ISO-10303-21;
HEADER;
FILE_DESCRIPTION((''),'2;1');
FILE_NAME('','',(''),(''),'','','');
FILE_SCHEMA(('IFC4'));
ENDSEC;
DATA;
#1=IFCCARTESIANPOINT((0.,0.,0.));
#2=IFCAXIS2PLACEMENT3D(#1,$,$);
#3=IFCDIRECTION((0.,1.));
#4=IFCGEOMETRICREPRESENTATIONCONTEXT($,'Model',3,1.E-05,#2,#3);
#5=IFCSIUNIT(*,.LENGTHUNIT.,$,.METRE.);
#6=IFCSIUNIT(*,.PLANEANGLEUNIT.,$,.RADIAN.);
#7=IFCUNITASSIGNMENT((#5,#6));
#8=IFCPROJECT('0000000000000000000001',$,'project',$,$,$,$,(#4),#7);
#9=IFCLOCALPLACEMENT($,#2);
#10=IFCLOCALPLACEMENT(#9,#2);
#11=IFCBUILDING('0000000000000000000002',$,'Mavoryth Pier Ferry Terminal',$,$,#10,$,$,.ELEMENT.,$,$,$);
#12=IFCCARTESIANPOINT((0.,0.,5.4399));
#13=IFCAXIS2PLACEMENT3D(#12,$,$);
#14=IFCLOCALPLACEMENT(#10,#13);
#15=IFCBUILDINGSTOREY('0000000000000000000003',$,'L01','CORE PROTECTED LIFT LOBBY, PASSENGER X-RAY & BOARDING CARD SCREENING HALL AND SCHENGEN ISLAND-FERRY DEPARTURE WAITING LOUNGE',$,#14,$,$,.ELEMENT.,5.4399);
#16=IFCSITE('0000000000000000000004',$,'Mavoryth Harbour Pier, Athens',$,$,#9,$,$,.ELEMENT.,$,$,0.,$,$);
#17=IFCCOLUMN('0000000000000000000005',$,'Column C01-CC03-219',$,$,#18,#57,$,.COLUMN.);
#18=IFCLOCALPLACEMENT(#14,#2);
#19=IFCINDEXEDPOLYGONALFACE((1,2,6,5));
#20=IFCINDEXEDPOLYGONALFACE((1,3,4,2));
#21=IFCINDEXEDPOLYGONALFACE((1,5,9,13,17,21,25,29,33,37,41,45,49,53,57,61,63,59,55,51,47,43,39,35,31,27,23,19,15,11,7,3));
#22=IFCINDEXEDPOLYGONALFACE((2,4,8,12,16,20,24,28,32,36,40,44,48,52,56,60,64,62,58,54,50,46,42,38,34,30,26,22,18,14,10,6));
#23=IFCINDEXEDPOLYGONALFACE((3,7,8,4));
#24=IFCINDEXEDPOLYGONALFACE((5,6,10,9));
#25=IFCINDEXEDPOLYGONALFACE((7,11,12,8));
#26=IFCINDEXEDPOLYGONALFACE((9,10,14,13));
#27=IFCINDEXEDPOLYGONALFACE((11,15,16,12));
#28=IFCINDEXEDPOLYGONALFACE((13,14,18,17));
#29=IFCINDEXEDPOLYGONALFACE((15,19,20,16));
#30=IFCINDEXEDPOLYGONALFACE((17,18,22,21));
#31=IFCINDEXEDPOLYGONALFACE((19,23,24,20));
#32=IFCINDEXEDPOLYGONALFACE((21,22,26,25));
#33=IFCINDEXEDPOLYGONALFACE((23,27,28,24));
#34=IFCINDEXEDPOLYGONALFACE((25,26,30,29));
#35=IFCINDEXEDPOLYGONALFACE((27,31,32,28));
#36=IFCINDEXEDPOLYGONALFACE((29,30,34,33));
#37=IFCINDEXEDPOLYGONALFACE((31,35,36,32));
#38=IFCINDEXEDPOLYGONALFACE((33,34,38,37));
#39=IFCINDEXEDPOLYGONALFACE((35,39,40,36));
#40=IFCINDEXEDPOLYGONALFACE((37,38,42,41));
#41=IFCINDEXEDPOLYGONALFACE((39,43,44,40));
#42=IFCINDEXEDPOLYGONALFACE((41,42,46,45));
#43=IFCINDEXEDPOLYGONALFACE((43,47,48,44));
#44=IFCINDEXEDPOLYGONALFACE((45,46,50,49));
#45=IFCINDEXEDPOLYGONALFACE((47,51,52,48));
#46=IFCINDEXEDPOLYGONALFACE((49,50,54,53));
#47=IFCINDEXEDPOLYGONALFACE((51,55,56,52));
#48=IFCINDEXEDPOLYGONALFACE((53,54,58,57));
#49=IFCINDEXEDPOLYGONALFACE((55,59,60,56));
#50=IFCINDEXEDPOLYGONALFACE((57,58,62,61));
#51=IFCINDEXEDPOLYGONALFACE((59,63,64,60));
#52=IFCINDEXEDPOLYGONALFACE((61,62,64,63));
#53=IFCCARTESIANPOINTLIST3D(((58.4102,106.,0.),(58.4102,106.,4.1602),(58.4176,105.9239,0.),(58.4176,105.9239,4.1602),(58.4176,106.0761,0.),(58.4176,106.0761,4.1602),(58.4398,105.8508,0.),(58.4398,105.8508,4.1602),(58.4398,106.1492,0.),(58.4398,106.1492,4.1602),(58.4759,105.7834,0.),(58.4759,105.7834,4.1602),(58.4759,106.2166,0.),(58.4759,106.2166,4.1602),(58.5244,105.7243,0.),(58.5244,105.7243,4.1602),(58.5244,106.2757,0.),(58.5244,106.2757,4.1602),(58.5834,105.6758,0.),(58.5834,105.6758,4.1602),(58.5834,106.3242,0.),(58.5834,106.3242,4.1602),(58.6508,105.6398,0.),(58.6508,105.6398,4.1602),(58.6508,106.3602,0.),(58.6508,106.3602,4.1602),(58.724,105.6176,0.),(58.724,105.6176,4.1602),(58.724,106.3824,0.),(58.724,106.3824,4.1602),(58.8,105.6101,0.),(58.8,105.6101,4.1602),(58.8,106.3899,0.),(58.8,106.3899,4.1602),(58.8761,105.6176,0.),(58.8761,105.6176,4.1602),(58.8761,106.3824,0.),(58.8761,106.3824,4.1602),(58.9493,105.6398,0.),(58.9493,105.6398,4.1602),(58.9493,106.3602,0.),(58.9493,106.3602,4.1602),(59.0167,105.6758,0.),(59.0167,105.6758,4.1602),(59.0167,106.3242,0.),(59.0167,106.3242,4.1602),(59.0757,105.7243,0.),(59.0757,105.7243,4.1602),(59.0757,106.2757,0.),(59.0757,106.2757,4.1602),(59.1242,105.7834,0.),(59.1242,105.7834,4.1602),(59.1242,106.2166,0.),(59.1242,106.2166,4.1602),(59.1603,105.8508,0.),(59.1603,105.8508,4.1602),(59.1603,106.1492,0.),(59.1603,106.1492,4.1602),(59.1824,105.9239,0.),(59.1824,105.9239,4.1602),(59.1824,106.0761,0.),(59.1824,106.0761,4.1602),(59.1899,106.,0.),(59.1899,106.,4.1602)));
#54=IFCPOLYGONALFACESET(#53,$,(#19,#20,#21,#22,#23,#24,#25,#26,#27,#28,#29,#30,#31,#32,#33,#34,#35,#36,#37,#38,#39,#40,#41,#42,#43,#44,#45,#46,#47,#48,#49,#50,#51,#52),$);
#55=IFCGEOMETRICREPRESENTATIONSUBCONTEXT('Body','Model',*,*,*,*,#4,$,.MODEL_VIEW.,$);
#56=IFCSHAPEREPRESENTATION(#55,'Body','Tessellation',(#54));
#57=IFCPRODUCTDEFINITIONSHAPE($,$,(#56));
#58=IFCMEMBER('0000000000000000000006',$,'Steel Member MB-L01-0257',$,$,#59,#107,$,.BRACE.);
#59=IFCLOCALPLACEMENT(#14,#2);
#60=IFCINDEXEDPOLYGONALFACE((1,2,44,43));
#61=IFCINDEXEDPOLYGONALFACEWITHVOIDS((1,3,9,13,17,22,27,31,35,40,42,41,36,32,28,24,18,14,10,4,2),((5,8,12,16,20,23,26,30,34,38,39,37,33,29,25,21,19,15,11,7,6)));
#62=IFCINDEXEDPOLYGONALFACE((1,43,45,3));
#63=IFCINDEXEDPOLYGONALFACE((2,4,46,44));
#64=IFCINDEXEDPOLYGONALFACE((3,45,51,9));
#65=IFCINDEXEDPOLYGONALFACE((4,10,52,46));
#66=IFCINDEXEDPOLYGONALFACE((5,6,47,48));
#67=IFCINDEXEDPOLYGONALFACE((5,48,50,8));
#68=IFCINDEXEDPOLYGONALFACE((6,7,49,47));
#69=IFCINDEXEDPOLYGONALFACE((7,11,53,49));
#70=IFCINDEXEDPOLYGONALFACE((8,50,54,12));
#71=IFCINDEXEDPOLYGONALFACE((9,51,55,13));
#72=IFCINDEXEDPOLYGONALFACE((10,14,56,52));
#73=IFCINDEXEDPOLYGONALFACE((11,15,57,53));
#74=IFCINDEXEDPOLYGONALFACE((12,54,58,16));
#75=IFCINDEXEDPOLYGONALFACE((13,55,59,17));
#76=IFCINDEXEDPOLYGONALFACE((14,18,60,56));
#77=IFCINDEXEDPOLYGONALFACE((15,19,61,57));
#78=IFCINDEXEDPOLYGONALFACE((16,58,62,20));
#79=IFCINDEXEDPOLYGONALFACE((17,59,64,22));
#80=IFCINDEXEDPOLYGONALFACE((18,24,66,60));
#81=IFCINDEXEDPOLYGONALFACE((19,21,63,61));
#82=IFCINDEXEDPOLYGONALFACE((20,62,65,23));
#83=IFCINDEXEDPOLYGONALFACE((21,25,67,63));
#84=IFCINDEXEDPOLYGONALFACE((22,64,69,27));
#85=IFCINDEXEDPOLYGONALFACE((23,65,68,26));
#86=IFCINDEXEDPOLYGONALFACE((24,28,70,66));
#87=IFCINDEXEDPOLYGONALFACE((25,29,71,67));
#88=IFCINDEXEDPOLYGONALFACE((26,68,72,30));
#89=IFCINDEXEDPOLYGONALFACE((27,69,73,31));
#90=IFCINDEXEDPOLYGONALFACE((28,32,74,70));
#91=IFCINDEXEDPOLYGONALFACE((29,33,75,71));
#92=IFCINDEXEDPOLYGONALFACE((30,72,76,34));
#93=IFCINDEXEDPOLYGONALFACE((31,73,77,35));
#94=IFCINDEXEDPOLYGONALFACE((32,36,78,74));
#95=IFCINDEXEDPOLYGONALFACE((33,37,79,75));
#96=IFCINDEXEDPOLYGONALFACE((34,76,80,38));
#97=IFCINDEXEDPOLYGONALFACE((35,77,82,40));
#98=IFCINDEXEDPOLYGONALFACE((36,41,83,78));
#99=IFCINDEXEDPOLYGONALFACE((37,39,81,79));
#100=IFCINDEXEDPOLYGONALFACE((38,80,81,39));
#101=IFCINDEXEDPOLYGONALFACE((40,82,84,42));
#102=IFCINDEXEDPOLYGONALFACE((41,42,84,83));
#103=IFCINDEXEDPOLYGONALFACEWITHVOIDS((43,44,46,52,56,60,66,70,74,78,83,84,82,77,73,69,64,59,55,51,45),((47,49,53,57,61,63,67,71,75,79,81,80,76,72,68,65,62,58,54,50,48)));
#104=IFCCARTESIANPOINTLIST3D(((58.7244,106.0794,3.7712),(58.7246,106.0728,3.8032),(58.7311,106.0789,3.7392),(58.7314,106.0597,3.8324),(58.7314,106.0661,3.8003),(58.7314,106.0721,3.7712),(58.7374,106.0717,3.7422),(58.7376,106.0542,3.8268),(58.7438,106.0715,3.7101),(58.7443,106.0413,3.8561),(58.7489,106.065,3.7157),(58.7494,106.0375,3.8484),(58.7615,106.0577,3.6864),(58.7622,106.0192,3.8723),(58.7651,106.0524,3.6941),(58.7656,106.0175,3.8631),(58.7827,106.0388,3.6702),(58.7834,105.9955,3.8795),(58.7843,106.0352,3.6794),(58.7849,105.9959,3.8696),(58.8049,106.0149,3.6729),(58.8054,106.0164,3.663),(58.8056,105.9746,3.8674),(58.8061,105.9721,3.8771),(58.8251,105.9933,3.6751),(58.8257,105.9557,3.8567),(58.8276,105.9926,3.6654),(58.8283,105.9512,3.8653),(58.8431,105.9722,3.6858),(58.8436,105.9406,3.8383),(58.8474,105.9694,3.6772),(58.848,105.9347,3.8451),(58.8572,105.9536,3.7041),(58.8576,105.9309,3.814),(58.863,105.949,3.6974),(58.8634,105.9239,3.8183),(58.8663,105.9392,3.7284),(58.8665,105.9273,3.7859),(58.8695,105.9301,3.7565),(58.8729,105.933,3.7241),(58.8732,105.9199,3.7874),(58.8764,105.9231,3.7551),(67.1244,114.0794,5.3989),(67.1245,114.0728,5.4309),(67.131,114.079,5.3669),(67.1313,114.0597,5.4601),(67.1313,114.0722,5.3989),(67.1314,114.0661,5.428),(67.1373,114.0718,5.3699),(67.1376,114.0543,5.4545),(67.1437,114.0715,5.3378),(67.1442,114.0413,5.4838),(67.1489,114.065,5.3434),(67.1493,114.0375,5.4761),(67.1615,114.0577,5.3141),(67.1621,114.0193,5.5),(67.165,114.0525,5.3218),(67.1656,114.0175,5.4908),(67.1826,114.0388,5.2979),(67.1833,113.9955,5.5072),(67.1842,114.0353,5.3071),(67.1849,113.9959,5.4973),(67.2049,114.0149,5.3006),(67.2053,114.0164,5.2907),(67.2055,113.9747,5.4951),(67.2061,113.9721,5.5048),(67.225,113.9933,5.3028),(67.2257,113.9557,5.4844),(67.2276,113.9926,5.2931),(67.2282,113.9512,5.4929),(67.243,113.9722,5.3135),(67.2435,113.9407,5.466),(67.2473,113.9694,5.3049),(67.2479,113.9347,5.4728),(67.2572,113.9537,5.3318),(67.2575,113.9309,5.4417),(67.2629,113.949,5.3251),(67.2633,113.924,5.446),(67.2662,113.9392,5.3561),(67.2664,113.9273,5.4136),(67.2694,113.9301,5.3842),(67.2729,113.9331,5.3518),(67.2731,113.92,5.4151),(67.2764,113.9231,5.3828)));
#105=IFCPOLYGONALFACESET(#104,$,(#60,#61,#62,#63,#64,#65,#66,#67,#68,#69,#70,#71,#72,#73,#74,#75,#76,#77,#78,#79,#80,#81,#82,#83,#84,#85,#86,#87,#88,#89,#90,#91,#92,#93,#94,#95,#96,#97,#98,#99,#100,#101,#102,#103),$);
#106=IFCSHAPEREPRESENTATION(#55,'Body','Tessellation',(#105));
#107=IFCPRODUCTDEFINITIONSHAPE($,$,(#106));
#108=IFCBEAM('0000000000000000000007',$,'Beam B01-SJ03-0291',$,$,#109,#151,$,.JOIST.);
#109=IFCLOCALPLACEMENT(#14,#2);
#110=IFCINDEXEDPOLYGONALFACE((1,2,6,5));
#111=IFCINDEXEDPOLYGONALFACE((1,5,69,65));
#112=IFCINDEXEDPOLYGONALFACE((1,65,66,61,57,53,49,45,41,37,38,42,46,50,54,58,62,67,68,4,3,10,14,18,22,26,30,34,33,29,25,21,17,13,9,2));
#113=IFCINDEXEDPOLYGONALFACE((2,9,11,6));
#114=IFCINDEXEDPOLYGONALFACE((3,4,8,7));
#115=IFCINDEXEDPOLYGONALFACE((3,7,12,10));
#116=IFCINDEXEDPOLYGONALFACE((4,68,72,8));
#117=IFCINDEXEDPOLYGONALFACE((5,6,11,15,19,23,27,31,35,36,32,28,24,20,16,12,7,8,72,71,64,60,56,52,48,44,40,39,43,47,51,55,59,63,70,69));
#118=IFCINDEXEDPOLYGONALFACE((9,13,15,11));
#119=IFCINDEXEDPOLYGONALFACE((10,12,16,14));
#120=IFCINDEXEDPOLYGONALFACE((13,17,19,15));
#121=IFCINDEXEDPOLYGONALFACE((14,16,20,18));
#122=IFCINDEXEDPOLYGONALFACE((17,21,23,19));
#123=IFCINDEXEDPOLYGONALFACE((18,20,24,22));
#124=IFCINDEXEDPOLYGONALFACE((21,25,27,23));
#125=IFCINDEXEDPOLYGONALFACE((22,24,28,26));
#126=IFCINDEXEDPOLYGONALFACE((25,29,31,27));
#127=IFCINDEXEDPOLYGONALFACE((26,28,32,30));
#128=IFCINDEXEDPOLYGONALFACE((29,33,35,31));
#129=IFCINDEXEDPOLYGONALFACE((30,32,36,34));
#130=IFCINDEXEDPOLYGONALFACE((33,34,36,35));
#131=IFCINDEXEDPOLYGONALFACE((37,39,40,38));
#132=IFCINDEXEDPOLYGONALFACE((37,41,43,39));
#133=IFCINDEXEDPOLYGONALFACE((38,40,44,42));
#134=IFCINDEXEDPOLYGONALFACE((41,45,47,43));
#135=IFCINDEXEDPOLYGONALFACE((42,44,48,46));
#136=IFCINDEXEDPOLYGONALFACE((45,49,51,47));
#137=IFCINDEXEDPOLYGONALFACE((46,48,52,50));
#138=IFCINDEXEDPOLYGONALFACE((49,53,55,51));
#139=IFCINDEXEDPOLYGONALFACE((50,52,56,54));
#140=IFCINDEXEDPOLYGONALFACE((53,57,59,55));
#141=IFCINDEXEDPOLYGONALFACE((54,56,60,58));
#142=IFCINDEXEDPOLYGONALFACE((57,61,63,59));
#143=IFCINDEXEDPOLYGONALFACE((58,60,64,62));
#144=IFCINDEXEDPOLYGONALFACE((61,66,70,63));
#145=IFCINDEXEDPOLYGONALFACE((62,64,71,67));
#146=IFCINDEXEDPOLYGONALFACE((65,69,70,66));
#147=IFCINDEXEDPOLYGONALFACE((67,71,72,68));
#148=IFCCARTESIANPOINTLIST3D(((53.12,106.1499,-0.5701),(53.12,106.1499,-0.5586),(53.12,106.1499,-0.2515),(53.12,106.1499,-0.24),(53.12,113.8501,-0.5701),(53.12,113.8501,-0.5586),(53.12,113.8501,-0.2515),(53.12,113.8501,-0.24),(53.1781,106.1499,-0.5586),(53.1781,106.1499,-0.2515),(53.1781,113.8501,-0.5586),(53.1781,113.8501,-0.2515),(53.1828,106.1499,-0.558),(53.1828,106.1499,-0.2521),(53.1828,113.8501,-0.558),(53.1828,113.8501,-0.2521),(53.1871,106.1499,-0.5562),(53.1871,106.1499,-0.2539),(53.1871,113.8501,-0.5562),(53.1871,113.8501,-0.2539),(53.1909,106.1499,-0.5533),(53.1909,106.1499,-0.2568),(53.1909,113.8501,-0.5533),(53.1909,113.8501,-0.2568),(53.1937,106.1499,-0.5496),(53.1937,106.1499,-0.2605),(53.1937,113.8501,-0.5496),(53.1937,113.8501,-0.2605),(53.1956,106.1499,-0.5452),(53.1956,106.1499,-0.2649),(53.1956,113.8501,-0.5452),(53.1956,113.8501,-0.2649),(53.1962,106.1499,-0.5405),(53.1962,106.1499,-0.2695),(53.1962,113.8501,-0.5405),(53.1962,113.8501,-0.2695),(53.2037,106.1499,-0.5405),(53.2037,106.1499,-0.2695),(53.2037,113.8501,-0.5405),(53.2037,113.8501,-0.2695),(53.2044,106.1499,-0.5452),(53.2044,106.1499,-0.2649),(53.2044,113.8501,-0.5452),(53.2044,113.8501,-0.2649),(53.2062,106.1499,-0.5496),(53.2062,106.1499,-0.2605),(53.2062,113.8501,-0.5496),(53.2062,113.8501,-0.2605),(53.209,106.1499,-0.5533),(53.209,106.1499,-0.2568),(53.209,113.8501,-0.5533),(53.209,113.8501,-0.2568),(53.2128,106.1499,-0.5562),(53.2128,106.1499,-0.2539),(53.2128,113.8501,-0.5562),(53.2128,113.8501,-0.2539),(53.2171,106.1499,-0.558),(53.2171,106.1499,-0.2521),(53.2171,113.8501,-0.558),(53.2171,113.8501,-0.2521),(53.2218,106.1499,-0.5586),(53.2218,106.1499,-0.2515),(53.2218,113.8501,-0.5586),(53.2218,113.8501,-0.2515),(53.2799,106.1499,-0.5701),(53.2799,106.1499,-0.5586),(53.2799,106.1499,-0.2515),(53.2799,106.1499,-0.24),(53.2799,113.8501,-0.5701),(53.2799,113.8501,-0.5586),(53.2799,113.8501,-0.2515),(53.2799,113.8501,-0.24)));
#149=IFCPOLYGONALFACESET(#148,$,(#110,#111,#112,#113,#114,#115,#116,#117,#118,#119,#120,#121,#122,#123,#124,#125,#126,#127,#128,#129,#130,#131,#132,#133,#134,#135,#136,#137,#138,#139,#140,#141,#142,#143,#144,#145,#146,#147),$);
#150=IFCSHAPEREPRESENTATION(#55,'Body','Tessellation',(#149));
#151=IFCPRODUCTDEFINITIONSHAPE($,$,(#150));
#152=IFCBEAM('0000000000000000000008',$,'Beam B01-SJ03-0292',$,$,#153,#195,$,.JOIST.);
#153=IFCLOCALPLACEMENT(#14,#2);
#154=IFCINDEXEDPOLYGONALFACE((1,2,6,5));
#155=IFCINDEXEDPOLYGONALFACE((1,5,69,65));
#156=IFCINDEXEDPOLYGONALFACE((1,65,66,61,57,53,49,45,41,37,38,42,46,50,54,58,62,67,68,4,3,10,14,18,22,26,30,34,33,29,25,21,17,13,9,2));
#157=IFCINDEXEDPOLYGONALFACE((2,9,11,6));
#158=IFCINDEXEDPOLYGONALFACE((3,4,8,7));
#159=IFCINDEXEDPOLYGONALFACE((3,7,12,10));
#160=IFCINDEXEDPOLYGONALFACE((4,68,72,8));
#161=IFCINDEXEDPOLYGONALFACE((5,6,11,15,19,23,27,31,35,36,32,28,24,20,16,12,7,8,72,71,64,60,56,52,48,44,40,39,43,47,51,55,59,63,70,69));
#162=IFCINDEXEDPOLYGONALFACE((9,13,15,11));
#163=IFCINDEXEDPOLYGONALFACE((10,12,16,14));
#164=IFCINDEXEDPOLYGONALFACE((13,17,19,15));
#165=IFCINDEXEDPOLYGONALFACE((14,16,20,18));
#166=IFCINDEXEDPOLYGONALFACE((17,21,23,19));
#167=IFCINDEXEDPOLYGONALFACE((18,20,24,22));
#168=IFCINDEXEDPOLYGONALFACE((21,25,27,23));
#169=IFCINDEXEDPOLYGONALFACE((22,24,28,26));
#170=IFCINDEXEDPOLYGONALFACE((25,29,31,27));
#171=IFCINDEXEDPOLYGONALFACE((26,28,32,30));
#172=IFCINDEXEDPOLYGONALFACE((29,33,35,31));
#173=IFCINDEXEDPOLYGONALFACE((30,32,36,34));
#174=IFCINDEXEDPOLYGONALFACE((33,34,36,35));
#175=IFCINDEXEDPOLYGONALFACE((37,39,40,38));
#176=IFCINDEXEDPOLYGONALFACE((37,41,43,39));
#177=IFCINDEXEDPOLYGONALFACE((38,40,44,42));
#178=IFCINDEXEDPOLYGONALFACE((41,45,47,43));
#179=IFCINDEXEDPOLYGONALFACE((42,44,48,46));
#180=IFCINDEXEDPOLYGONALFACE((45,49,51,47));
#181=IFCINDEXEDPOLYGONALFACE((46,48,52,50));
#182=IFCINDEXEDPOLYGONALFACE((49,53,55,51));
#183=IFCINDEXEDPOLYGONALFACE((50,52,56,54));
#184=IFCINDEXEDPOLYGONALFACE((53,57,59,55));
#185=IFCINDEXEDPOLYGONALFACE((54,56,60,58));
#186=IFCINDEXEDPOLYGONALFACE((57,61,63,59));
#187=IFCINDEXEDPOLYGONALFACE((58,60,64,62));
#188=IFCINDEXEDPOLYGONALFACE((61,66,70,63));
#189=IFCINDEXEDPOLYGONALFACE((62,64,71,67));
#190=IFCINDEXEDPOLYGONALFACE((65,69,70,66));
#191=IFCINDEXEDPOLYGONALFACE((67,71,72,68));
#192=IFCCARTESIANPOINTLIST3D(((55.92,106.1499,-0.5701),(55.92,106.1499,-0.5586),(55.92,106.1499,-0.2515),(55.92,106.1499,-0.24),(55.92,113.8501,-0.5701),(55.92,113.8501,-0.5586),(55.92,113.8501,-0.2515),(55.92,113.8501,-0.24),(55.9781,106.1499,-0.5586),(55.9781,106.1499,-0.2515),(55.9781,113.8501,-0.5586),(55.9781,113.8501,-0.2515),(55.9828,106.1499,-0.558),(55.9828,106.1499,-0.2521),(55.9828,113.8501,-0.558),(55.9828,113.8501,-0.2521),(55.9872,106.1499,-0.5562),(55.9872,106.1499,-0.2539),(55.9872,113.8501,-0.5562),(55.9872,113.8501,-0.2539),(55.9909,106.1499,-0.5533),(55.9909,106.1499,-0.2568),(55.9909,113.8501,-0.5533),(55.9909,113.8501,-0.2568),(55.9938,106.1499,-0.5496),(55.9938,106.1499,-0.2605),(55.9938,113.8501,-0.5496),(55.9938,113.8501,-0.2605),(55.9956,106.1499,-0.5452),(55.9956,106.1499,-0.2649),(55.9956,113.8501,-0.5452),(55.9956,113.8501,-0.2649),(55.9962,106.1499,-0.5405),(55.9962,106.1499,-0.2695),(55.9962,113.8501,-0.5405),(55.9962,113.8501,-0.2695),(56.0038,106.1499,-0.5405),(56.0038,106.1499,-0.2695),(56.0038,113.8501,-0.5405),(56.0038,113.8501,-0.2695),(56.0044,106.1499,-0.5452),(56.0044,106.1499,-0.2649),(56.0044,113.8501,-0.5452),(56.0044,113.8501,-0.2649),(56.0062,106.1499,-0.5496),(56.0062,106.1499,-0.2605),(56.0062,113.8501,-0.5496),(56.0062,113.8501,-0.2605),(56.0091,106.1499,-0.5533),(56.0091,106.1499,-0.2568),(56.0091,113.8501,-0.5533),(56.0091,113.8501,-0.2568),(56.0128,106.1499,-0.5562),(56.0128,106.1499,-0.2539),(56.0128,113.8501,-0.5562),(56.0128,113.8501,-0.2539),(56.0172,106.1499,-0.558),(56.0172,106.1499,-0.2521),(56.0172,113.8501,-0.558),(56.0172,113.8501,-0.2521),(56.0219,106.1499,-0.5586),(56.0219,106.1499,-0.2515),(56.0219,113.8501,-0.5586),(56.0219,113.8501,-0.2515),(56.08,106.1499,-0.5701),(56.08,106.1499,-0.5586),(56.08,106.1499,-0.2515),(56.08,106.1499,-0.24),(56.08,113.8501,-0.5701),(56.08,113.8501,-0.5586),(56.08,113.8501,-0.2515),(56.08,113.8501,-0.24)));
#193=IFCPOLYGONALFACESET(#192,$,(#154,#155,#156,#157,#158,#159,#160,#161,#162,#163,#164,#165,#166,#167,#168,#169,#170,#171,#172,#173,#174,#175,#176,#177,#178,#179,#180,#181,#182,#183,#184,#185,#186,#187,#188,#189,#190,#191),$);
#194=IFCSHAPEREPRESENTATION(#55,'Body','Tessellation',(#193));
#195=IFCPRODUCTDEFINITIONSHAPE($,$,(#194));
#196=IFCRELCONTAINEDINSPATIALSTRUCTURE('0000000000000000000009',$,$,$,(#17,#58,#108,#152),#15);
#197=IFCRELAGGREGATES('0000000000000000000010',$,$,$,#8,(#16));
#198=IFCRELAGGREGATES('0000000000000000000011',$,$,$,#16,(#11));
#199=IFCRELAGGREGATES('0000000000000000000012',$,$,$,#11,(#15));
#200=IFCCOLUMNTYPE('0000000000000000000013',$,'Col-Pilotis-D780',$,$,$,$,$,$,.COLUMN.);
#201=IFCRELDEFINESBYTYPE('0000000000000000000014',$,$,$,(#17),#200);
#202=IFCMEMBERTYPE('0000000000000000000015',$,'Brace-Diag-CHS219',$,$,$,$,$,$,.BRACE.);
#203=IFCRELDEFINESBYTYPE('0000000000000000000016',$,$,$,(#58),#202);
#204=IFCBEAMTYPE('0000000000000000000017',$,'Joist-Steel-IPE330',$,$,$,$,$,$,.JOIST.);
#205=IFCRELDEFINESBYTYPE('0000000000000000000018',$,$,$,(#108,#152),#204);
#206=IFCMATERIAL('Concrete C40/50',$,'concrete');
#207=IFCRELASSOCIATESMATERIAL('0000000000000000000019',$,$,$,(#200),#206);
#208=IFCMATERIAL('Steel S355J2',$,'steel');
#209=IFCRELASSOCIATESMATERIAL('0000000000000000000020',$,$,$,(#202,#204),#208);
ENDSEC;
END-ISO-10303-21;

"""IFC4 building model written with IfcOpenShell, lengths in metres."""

from ifc_helpers import new_model, si_unit, direction, frame, origin, origin_2d, place, context, subcontext, project, spatial, circle, hollow_circle, i_section, extrude, material, material_profile, profile_set, type_object, element, save


model = new_model("IFC4")

# Units and contexts
model_context = context("Model", 3, precision=1e-05, world=origin(), true_north=direction((0.0, 1.0)))
body_context = subcontext(model_context, "Body", "Model", "MODEL_VIEW")
ifc_project = project(units=[si_unit("LENGTHUNIT", "METRE"), si_unit("PLANEANGLEUNIT", "RADIAN")], contexts=[model_context])

# Site, building, storey
site_placement = place(None, origin())
site = spatial("IfcSite", under=ifc_project, at=site_placement, Name="Mavoryth Harbour Pier, Athens", CompositionType="ELEMENT", RefElevation=0.0)
building_placement = place(site_placement, origin())
building = spatial("IfcBuilding", under=site, at=building_placement, Name="Mavoryth Pier Ferry Terminal", CompositionType="ELEMENT")
storey_placement = place(building_placement, frame((0.0, 0.0, 5.4399)))
storey = spatial("IfcBuildingStorey", under=building, at=storey_placement, Name="L01", Description="CORE PROTECTED LIFT LOBBY, PASSENGER X-RAY & BOARDING CARD SCREENING HALL AND SCHENGEN ISLAND-FERRY DEPARTURE WAITING LOUNGE", CompositionType="ELEMENT", Elevation=5.4399)

# Column
ifc_material_1 = material(Name="Concrete C40/50", Category="concrete")
ifc_material_profile_1 = material_profile(ifc_material_1, circle(Radius=0.3899, at=origin_2d()), Name="RC D780", Category="concrete")
ifc_profile_set_1 = profile_set([ifc_material_profile_1], Name="Concrete C40/50 - RC D780")
column_type = type_object("IfcColumnType", Name="Col-Pilotis-D780", PredefinedType="COLUMN", material=ifc_profile_set_1)
column_placement = place(storey_placement, frame((58.8, 106.0, 0.0), z_axis=(0.0, 0.0, 1.0), x_axis=(1.0, 0.0, 0.0)))
element("IfcColumn", 1, at=column_placement, inside=storey, type_object=column_type, Name="Column C01-CC03-219", PredefinedType="COLUMN", context=body_context, shape_type="SweptSolid", body=[
    extrude(circle(Radius=0.3899, at=origin_2d()), origin(), (0.0, 0.0, 1.0), 4.1602),
])

# Member
ifc_material_2 = material(Name="Steel S355J2", Category="steel")
ifc_material_profile_2 = material_profile(ifc_material_2, hollow_circle(Radius=0.1096, WallThickness=0.01, at=origin_2d()), Name="CHS 219.1x10.0", Category="steel")
ifc_profile_set_2 = profile_set([ifc_material_profile_2], Name="Steel S355J2 - CHS 219.1x10.0")
member_type_1 = type_object("IfcMemberType", Name="Brace-Diag-CHS219", PredefinedType="BRACE", material=ifc_profile_set_2)
member_1_placement = place(storey_placement, frame((58.8, 106.0, 3.7712), z_axis=(0.717109, 0.682969, 0.138957), x_axis=(-0.689659, 0.724134, 0.0)))
element("IfcMember", 2, at=member_1_placement, inside=storey, type_object=member_type_1, Name="Steel Member MB-L01-0257", PredefinedType="BRACE", context=body_context, shape_type="SweptSolid", body=[
    extrude(hollow_circle(Radius=0.1096, WallThickness=0.01, at=origin_2d()), origin(), (0.0, 0.0, 1.0), 11.7136),
])

# Beams
ifc_material_profile_3 = material_profile(ifc_material_2, i_section(OverallWidth=0.1599, OverallDepth=0.3301, WebThickness=0.0076, FlangeThickness=0.0115, FilletRadius=0.0181, at=origin_2d()), Name="IPE 330", Category="steel")
ifc_profile_set_3 = profile_set([ifc_material_profile_3], Name="Steel S355J2 - IPE 330")
beam_type = type_object("IfcBeamType", Name="Joist-Steel-IPE330", PredefinedType="JOIST", material=ifc_profile_set_3)
for number, where, z_axis, x_axis, name in (
    (3, (53.2, 106.1499, -0.405), (0.0, 1.0, 0.0), (-1.0, 0.0, 0.0), "Beam B01-SJ03-0291"),
    (4, (56.0, 106.1499, -0.405), (0.0, 1.0, 0.0), (-1.0, 0.0, 0.0), "Beam B01-SJ03-0292"),
):
    element("IfcBeam", number, at=place(storey_placement, frame(where, z_axis=z_axis, x_axis=x_axis)), inside=storey, type_object=beam_type, Name=name, PredefinedType="JOIST", context=body_context, shape_type="SweptSolid", body=[
        extrude(i_section(OverallWidth=0.1599, OverallDepth=0.3301, WebThickness=0.0076, FlangeThickness=0.0115, FilletRadius=0.0181, at=origin_2d()), origin(), (0.0, 0.0, 1.0), 7.7002),
    ])

save(model, "model.ifc")
